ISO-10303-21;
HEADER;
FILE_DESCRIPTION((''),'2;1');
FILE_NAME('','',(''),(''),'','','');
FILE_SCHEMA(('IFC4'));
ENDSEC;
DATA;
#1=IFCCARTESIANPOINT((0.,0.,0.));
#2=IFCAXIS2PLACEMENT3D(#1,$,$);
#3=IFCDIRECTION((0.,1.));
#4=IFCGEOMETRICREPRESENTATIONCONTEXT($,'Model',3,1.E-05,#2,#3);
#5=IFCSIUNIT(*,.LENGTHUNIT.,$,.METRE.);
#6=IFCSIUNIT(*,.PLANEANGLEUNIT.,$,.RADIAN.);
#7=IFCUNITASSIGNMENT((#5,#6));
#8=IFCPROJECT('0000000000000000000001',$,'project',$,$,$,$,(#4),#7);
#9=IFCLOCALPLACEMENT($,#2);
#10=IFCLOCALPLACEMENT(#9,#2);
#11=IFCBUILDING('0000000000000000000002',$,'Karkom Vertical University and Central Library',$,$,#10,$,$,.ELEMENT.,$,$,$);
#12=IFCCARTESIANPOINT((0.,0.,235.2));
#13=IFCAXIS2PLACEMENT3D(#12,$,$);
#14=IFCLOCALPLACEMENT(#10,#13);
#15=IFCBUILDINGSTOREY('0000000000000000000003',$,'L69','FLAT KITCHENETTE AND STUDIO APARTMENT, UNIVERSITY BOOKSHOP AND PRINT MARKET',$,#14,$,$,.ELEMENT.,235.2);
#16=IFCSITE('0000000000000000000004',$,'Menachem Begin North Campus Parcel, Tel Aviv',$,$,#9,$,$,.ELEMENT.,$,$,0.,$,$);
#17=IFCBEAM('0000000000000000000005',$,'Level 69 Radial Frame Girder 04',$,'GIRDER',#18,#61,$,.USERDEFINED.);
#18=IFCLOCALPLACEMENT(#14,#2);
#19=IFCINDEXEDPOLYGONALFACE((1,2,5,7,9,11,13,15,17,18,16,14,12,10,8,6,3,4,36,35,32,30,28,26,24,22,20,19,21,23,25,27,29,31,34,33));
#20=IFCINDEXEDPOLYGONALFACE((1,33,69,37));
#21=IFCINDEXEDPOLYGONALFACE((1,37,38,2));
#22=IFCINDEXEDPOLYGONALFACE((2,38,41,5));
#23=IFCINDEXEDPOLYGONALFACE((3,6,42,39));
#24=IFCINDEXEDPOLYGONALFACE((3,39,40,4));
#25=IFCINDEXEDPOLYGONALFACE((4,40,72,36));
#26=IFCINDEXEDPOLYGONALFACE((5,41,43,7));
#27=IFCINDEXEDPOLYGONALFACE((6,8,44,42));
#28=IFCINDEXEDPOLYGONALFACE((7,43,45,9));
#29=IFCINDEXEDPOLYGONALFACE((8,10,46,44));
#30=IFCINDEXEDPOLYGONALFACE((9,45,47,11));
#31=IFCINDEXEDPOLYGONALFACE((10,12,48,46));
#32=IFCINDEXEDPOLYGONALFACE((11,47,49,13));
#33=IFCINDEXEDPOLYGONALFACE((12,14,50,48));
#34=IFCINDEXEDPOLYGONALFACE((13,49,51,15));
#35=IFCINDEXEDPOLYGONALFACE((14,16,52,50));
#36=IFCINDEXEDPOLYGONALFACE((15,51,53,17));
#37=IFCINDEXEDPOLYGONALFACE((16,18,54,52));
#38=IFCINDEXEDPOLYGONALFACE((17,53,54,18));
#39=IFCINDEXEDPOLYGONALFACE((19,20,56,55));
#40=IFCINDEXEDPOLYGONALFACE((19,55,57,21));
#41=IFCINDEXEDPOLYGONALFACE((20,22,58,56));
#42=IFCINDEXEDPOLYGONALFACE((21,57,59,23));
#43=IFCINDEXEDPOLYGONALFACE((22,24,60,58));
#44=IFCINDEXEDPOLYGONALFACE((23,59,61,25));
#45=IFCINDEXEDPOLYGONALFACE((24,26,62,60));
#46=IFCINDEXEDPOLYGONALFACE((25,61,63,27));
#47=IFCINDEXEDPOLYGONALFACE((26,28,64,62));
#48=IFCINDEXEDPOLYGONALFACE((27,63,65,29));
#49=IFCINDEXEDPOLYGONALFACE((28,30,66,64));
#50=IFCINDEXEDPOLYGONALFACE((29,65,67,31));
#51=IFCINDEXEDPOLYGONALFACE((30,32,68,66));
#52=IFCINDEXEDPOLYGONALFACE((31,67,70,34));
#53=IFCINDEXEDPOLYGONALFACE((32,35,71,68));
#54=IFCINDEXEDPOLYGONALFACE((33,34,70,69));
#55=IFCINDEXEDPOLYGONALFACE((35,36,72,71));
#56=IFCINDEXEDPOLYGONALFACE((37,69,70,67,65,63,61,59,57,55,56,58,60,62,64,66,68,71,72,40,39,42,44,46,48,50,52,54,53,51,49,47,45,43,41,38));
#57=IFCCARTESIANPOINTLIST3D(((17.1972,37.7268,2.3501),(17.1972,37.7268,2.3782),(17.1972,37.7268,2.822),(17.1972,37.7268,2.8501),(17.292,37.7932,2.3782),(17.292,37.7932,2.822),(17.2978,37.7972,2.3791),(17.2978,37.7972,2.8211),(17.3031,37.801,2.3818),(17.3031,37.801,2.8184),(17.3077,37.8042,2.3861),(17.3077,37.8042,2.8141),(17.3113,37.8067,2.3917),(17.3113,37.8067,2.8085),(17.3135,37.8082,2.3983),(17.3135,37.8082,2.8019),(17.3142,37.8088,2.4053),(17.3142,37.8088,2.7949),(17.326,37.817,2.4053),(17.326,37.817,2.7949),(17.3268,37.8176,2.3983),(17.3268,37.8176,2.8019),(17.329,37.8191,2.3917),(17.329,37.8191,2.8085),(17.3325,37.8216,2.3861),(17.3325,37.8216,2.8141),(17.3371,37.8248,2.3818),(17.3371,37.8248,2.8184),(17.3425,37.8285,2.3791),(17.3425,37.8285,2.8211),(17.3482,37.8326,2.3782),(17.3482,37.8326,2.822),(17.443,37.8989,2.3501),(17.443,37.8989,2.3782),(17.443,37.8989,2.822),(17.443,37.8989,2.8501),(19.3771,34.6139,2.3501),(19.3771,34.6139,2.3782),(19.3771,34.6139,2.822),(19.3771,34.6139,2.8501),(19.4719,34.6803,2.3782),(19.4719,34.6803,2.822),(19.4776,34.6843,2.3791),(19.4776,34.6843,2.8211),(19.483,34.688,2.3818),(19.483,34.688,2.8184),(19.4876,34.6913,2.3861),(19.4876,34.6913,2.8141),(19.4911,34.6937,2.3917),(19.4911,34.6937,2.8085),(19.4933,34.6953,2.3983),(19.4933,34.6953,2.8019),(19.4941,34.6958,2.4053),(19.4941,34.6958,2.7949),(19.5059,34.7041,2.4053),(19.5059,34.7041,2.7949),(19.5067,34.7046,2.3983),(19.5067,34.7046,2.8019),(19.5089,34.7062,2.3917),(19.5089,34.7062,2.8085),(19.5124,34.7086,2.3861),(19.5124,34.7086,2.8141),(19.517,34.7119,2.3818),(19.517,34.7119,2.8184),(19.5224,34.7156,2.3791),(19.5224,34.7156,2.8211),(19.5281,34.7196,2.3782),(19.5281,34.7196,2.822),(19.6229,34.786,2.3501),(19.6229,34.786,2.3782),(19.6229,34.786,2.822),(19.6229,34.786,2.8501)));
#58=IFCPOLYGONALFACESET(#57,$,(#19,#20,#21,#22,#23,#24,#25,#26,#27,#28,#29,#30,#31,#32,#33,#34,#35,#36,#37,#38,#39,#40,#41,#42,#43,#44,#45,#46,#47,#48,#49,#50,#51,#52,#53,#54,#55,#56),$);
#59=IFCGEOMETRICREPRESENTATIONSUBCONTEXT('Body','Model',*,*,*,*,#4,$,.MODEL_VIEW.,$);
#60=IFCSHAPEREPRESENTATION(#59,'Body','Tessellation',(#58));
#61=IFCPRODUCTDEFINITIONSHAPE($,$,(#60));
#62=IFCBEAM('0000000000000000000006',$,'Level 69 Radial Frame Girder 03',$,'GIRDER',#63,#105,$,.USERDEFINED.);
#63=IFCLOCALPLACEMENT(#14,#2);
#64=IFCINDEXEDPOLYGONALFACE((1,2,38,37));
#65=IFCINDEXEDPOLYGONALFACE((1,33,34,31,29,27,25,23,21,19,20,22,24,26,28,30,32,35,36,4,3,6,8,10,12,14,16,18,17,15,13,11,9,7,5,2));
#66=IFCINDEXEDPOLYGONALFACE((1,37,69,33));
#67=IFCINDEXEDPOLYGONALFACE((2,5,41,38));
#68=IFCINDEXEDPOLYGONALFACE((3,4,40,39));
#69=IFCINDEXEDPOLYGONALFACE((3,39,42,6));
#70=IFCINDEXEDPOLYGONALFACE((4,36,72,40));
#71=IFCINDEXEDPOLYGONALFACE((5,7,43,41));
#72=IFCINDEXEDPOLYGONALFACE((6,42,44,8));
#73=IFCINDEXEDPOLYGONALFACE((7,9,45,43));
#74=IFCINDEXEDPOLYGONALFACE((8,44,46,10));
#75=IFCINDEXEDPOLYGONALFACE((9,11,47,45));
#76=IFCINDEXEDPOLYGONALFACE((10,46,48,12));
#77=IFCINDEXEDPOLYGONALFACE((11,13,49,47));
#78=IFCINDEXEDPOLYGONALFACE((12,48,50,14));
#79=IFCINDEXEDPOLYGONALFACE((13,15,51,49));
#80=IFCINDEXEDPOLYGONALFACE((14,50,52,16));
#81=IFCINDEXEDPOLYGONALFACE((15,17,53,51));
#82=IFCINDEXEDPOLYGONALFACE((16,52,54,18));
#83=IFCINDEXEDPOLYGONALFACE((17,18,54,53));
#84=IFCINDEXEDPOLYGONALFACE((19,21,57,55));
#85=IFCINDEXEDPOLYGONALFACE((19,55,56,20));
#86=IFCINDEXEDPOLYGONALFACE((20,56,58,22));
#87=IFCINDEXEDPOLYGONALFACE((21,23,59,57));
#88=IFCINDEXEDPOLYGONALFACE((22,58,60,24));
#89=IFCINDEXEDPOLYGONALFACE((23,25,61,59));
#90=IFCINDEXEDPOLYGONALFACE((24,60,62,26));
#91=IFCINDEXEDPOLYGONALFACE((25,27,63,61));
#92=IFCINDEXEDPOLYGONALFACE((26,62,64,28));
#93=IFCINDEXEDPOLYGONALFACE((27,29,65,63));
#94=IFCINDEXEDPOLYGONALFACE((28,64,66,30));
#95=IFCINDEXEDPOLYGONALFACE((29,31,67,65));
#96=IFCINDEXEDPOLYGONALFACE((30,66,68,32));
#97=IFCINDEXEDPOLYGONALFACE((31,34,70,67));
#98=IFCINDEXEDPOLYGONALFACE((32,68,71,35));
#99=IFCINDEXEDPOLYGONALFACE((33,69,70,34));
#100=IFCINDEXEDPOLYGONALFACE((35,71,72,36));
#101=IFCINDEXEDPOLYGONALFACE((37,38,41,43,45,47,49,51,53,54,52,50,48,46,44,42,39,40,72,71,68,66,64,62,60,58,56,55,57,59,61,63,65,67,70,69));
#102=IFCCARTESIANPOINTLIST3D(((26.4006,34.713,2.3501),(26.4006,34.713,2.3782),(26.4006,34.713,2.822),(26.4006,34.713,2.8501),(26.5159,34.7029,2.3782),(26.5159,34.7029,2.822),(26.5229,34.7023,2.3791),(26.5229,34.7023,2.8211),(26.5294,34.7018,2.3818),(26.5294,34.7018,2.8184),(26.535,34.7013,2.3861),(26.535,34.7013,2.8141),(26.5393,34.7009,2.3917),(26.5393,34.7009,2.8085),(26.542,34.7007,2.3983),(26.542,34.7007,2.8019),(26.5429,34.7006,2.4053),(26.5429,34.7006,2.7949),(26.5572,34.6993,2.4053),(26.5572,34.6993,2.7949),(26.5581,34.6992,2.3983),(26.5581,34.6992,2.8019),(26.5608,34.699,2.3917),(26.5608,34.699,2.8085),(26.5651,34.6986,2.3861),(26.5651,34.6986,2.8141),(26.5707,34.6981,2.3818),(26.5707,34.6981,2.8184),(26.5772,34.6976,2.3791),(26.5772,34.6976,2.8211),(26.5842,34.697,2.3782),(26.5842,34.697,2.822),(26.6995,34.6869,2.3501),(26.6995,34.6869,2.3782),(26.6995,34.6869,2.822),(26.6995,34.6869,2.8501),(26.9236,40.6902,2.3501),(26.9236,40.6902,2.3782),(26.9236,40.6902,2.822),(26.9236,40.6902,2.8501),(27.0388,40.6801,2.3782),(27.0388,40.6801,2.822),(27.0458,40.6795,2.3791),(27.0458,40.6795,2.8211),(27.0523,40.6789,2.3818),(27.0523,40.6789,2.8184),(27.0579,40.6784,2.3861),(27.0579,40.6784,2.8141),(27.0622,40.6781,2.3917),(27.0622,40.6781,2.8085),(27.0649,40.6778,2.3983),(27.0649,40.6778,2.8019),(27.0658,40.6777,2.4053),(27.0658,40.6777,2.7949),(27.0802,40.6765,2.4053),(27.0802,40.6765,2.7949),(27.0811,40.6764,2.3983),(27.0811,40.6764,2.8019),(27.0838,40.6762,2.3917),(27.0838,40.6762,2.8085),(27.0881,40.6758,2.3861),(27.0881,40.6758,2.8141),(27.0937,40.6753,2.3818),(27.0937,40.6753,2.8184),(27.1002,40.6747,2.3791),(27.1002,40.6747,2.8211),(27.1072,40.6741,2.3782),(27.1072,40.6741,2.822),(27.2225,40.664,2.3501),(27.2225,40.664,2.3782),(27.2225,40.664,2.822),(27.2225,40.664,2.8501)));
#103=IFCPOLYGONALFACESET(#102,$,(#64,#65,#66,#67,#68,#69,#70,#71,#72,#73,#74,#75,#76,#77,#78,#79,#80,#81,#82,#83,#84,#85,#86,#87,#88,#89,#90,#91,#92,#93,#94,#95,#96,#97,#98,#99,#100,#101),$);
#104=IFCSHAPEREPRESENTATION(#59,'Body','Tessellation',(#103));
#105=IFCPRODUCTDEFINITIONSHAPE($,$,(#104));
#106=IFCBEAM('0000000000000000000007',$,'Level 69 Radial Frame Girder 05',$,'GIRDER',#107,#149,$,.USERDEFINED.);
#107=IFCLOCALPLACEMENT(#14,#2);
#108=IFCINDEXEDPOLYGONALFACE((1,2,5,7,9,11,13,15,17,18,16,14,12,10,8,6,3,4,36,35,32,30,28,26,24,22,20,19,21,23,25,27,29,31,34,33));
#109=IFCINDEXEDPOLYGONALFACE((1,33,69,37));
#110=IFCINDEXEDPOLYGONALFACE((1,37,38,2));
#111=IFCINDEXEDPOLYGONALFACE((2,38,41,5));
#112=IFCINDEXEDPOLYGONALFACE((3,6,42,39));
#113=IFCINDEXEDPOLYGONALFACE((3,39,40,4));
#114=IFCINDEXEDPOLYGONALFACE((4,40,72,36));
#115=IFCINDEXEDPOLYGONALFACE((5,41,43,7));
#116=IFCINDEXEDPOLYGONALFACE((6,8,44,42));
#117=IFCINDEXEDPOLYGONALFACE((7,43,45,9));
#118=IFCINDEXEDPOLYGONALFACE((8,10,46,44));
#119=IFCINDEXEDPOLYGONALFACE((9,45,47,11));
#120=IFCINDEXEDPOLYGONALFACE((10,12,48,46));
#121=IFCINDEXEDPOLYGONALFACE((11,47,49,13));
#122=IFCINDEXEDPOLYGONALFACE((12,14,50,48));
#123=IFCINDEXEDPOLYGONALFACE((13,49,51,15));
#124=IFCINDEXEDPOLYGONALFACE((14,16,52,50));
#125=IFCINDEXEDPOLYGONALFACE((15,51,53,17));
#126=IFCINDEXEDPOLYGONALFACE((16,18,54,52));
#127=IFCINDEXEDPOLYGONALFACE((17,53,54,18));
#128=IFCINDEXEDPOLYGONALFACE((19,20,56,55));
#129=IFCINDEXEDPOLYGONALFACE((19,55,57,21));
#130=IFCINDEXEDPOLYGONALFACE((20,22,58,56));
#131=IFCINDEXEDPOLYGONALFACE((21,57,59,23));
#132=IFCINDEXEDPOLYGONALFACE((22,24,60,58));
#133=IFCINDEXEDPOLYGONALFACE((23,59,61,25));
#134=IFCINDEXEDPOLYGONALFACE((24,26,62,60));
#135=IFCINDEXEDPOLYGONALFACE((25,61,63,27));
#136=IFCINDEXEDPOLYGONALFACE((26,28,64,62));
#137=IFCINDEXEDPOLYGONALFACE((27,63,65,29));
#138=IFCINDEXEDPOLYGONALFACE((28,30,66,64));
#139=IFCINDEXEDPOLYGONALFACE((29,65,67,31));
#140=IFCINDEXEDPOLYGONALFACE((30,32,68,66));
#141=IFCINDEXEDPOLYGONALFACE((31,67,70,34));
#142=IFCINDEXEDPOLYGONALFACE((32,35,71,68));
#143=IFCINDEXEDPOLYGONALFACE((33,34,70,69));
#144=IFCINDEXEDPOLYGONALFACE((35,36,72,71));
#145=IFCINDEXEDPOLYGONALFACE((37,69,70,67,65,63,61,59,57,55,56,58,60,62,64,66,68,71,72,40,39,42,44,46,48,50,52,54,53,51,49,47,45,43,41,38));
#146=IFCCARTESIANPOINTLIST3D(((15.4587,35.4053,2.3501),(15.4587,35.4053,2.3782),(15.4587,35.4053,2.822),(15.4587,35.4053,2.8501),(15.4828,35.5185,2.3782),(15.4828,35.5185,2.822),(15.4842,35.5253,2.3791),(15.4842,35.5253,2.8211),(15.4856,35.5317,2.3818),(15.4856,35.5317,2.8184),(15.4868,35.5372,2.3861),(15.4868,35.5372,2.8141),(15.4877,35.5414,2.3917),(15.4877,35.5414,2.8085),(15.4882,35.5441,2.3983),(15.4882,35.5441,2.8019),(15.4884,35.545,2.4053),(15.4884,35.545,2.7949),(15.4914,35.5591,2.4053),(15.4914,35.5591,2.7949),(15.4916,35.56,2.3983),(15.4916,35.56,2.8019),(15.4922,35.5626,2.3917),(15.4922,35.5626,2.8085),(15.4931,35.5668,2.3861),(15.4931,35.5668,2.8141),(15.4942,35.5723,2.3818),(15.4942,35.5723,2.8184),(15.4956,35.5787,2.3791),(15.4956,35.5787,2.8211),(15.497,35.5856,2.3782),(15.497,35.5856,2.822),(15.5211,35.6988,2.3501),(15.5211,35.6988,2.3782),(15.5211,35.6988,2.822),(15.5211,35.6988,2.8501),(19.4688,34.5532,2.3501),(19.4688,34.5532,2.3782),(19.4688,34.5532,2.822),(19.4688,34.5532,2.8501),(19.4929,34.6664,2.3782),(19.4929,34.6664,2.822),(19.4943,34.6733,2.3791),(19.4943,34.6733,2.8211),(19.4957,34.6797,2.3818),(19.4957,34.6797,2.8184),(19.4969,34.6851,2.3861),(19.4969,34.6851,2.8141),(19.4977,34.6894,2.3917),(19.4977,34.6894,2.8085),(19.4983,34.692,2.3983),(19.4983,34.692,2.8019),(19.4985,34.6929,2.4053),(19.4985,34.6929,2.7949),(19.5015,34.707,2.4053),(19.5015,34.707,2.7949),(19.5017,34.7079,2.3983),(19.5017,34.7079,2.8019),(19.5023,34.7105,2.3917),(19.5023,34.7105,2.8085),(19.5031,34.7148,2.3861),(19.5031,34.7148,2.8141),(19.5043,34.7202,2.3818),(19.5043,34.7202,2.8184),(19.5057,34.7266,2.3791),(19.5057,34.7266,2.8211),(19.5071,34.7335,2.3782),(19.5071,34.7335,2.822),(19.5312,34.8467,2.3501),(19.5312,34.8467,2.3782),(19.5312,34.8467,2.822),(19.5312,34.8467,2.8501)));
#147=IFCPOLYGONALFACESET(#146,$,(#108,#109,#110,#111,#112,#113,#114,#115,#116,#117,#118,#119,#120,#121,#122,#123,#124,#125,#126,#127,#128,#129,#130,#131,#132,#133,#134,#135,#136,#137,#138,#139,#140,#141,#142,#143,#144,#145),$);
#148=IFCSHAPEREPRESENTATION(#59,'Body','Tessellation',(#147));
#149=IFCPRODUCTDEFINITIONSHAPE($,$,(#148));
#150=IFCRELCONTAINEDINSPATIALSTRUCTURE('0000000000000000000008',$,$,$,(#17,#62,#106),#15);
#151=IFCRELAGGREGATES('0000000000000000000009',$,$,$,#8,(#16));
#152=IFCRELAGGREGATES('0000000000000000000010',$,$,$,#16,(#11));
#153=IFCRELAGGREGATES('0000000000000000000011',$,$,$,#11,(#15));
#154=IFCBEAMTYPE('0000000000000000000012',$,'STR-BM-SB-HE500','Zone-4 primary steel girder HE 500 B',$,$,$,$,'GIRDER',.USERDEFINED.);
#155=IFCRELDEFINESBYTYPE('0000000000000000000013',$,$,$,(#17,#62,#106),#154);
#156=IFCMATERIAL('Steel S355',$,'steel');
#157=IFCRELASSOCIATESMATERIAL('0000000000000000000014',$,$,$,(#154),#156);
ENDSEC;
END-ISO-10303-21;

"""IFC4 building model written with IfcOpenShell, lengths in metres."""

from ifc_helpers import new_model, si_unit, direction, frame, origin, origin_with_axes, origin_2d, place, context, subcontext, project, spatial, i_section, extrude, source, transform, mapped, material, material_profile, profile_set, type_object, element, save


model = new_model("IFC4")

# Units and contexts
model_context = context("Model", 3, precision=1e-05, world=origin(), true_north=direction((0.0, 1.0)))
body_context = subcontext(model_context, "Body", "Model", "MODEL_VIEW")
ifc_project = project(units=[si_unit("LENGTHUNIT", "METRE"), si_unit("PLANEANGLEUNIT", "RADIAN")], contexts=[model_context])

# Site, building, storey
site_placement = place(None, origin())
site = spatial("IfcSite", under=ifc_project, at=site_placement, Name="Menachem Begin North Campus Parcel, Tel Aviv", CompositionType="ELEMENT", RefElevation=0.0)
building_placement = place(site_placement, origin())
building = spatial("IfcBuilding", under=site, at=building_placement, Name="Karkom Vertical University and Central Library", CompositionType="ELEMENT")
storey_placement = place(building_placement, frame((0.0, 0.0, 235.2)))
storey = spatial("IfcBuildingStorey", under=building, at=storey_placement, Name="L69", Description="FLAT KITCHENETTE AND STUDIO APARTMENT, UNIVERSITY BOOKSHOP AND PRINT MARKET", CompositionType="ELEMENT", Elevation=235.2)

# Beams
ifc_material_1 = material(Name="Steel S355", Category="steel")
ifc_material_profile_1 = material_profile(ifc_material_1, i_section(OverallWidth=0.3, OverallDepth=0.5, WebThickness=0.0144, FlangeThickness=0.0281, FilletRadius=0.0271, at=origin_2d()), Name="HE 500 B")
ifc_profile_set_1 = profile_set([ifc_material_profile_1], Name="Steel S355")
beam_type_1 = type_object("IfcBeamType", Name="STR-BM-SB-HE500", Description="Zone-4 primary steel girder HE 500 B", ElementType="GIRDER", PredefinedType="USERDEFINED", material=ifc_profile_set_1)
shared_shape_1 = source(origin_with_axes(), body_context, "Body", "SweptSolid", [
    extrude(i_section(OverallWidth=0.3, OverallDepth=0.5, WebThickness=0.0144, FlangeThickness=0.0281, FilletRadius=0.0271, at=origin_2d()), origin(), (0.0, 0.0, 1.0), 3.8003),
])
beam_1_placement = place(storey_placement, frame((19.5, 34.7, 2.6001), z_axis=(-0.573605, 0.819132, 0.0), x_axis=(-0.819132, -0.573605, 0.0)))
element("IfcBeam", 1, at=beam_1_placement, inside=storey, type_object=beam_type_1, Name="Level 69 Radial Frame Girder 04", ObjectType="GIRDER", PredefinedType="USERDEFINED", context=body_context, shape_type="MappedRepresentation", body=[
    mapped(shared_shape_1, transform((0.0, 0.0, 0.0), scale=1.0)),
])
shared_shape_2 = source(origin_with_axes(), body_context, "Body", "SweptSolid", [
    extrude(i_section(OverallWidth=0.3, OverallDepth=0.5, WebThickness=0.0144, FlangeThickness=0.0281, FilletRadius=0.0271, at=origin_2d()), origin(), (0.0, 0.0, 1.0), 6.0),
])
beam_2_placement = place(storey_placement, frame((26.55, 34.7, 2.6001), z_axis=(0.08716, 0.996194, 0.0), x_axis=(-0.996194, 0.08716, 0.0)))
element("IfcBeam", 2, at=beam_2_placement, inside=storey, type_object=beam_type_1, Name="Level 69 Radial Frame Girder 03", ObjectType="GIRDER", PredefinedType="USERDEFINED", context=body_context, shape_type="MappedRepresentation", body=[
    mapped(shared_shape_2, transform((0.0, 0.0, 0.0), scale=1.0)),
])
shared_shape_3 = source(origin_with_axes(), body_context, "Body", "SweptSolid", [
    extrude(i_section(OverallWidth=0.3, OverallDepth=0.5, WebThickness=0.0144, FlangeThickness=0.0281, FilletRadius=0.0271, at=origin_2d()), origin(), (0.0, 0.0, 1.0), 4.0996),
])
beam_3_placement = place(storey_placement, frame((19.5, 34.7, 2.6001), z_axis=(-0.978163, 0.207841, 0.0), x_axis=(-0.207841, -0.978163, 0.0)))
element("IfcBeam", 3, at=beam_3_placement, inside=storey, type_object=beam_type_1, Name="Level 69 Radial Frame Girder 05", ObjectType="GIRDER", PredefinedType="USERDEFINED", context=body_context, shape_type="MappedRepresentation", body=[
    mapped(shared_shape_3, transform((0.0, 0.0, 0.0), scale=1.0)),
])

save(model, "model.ifc")
